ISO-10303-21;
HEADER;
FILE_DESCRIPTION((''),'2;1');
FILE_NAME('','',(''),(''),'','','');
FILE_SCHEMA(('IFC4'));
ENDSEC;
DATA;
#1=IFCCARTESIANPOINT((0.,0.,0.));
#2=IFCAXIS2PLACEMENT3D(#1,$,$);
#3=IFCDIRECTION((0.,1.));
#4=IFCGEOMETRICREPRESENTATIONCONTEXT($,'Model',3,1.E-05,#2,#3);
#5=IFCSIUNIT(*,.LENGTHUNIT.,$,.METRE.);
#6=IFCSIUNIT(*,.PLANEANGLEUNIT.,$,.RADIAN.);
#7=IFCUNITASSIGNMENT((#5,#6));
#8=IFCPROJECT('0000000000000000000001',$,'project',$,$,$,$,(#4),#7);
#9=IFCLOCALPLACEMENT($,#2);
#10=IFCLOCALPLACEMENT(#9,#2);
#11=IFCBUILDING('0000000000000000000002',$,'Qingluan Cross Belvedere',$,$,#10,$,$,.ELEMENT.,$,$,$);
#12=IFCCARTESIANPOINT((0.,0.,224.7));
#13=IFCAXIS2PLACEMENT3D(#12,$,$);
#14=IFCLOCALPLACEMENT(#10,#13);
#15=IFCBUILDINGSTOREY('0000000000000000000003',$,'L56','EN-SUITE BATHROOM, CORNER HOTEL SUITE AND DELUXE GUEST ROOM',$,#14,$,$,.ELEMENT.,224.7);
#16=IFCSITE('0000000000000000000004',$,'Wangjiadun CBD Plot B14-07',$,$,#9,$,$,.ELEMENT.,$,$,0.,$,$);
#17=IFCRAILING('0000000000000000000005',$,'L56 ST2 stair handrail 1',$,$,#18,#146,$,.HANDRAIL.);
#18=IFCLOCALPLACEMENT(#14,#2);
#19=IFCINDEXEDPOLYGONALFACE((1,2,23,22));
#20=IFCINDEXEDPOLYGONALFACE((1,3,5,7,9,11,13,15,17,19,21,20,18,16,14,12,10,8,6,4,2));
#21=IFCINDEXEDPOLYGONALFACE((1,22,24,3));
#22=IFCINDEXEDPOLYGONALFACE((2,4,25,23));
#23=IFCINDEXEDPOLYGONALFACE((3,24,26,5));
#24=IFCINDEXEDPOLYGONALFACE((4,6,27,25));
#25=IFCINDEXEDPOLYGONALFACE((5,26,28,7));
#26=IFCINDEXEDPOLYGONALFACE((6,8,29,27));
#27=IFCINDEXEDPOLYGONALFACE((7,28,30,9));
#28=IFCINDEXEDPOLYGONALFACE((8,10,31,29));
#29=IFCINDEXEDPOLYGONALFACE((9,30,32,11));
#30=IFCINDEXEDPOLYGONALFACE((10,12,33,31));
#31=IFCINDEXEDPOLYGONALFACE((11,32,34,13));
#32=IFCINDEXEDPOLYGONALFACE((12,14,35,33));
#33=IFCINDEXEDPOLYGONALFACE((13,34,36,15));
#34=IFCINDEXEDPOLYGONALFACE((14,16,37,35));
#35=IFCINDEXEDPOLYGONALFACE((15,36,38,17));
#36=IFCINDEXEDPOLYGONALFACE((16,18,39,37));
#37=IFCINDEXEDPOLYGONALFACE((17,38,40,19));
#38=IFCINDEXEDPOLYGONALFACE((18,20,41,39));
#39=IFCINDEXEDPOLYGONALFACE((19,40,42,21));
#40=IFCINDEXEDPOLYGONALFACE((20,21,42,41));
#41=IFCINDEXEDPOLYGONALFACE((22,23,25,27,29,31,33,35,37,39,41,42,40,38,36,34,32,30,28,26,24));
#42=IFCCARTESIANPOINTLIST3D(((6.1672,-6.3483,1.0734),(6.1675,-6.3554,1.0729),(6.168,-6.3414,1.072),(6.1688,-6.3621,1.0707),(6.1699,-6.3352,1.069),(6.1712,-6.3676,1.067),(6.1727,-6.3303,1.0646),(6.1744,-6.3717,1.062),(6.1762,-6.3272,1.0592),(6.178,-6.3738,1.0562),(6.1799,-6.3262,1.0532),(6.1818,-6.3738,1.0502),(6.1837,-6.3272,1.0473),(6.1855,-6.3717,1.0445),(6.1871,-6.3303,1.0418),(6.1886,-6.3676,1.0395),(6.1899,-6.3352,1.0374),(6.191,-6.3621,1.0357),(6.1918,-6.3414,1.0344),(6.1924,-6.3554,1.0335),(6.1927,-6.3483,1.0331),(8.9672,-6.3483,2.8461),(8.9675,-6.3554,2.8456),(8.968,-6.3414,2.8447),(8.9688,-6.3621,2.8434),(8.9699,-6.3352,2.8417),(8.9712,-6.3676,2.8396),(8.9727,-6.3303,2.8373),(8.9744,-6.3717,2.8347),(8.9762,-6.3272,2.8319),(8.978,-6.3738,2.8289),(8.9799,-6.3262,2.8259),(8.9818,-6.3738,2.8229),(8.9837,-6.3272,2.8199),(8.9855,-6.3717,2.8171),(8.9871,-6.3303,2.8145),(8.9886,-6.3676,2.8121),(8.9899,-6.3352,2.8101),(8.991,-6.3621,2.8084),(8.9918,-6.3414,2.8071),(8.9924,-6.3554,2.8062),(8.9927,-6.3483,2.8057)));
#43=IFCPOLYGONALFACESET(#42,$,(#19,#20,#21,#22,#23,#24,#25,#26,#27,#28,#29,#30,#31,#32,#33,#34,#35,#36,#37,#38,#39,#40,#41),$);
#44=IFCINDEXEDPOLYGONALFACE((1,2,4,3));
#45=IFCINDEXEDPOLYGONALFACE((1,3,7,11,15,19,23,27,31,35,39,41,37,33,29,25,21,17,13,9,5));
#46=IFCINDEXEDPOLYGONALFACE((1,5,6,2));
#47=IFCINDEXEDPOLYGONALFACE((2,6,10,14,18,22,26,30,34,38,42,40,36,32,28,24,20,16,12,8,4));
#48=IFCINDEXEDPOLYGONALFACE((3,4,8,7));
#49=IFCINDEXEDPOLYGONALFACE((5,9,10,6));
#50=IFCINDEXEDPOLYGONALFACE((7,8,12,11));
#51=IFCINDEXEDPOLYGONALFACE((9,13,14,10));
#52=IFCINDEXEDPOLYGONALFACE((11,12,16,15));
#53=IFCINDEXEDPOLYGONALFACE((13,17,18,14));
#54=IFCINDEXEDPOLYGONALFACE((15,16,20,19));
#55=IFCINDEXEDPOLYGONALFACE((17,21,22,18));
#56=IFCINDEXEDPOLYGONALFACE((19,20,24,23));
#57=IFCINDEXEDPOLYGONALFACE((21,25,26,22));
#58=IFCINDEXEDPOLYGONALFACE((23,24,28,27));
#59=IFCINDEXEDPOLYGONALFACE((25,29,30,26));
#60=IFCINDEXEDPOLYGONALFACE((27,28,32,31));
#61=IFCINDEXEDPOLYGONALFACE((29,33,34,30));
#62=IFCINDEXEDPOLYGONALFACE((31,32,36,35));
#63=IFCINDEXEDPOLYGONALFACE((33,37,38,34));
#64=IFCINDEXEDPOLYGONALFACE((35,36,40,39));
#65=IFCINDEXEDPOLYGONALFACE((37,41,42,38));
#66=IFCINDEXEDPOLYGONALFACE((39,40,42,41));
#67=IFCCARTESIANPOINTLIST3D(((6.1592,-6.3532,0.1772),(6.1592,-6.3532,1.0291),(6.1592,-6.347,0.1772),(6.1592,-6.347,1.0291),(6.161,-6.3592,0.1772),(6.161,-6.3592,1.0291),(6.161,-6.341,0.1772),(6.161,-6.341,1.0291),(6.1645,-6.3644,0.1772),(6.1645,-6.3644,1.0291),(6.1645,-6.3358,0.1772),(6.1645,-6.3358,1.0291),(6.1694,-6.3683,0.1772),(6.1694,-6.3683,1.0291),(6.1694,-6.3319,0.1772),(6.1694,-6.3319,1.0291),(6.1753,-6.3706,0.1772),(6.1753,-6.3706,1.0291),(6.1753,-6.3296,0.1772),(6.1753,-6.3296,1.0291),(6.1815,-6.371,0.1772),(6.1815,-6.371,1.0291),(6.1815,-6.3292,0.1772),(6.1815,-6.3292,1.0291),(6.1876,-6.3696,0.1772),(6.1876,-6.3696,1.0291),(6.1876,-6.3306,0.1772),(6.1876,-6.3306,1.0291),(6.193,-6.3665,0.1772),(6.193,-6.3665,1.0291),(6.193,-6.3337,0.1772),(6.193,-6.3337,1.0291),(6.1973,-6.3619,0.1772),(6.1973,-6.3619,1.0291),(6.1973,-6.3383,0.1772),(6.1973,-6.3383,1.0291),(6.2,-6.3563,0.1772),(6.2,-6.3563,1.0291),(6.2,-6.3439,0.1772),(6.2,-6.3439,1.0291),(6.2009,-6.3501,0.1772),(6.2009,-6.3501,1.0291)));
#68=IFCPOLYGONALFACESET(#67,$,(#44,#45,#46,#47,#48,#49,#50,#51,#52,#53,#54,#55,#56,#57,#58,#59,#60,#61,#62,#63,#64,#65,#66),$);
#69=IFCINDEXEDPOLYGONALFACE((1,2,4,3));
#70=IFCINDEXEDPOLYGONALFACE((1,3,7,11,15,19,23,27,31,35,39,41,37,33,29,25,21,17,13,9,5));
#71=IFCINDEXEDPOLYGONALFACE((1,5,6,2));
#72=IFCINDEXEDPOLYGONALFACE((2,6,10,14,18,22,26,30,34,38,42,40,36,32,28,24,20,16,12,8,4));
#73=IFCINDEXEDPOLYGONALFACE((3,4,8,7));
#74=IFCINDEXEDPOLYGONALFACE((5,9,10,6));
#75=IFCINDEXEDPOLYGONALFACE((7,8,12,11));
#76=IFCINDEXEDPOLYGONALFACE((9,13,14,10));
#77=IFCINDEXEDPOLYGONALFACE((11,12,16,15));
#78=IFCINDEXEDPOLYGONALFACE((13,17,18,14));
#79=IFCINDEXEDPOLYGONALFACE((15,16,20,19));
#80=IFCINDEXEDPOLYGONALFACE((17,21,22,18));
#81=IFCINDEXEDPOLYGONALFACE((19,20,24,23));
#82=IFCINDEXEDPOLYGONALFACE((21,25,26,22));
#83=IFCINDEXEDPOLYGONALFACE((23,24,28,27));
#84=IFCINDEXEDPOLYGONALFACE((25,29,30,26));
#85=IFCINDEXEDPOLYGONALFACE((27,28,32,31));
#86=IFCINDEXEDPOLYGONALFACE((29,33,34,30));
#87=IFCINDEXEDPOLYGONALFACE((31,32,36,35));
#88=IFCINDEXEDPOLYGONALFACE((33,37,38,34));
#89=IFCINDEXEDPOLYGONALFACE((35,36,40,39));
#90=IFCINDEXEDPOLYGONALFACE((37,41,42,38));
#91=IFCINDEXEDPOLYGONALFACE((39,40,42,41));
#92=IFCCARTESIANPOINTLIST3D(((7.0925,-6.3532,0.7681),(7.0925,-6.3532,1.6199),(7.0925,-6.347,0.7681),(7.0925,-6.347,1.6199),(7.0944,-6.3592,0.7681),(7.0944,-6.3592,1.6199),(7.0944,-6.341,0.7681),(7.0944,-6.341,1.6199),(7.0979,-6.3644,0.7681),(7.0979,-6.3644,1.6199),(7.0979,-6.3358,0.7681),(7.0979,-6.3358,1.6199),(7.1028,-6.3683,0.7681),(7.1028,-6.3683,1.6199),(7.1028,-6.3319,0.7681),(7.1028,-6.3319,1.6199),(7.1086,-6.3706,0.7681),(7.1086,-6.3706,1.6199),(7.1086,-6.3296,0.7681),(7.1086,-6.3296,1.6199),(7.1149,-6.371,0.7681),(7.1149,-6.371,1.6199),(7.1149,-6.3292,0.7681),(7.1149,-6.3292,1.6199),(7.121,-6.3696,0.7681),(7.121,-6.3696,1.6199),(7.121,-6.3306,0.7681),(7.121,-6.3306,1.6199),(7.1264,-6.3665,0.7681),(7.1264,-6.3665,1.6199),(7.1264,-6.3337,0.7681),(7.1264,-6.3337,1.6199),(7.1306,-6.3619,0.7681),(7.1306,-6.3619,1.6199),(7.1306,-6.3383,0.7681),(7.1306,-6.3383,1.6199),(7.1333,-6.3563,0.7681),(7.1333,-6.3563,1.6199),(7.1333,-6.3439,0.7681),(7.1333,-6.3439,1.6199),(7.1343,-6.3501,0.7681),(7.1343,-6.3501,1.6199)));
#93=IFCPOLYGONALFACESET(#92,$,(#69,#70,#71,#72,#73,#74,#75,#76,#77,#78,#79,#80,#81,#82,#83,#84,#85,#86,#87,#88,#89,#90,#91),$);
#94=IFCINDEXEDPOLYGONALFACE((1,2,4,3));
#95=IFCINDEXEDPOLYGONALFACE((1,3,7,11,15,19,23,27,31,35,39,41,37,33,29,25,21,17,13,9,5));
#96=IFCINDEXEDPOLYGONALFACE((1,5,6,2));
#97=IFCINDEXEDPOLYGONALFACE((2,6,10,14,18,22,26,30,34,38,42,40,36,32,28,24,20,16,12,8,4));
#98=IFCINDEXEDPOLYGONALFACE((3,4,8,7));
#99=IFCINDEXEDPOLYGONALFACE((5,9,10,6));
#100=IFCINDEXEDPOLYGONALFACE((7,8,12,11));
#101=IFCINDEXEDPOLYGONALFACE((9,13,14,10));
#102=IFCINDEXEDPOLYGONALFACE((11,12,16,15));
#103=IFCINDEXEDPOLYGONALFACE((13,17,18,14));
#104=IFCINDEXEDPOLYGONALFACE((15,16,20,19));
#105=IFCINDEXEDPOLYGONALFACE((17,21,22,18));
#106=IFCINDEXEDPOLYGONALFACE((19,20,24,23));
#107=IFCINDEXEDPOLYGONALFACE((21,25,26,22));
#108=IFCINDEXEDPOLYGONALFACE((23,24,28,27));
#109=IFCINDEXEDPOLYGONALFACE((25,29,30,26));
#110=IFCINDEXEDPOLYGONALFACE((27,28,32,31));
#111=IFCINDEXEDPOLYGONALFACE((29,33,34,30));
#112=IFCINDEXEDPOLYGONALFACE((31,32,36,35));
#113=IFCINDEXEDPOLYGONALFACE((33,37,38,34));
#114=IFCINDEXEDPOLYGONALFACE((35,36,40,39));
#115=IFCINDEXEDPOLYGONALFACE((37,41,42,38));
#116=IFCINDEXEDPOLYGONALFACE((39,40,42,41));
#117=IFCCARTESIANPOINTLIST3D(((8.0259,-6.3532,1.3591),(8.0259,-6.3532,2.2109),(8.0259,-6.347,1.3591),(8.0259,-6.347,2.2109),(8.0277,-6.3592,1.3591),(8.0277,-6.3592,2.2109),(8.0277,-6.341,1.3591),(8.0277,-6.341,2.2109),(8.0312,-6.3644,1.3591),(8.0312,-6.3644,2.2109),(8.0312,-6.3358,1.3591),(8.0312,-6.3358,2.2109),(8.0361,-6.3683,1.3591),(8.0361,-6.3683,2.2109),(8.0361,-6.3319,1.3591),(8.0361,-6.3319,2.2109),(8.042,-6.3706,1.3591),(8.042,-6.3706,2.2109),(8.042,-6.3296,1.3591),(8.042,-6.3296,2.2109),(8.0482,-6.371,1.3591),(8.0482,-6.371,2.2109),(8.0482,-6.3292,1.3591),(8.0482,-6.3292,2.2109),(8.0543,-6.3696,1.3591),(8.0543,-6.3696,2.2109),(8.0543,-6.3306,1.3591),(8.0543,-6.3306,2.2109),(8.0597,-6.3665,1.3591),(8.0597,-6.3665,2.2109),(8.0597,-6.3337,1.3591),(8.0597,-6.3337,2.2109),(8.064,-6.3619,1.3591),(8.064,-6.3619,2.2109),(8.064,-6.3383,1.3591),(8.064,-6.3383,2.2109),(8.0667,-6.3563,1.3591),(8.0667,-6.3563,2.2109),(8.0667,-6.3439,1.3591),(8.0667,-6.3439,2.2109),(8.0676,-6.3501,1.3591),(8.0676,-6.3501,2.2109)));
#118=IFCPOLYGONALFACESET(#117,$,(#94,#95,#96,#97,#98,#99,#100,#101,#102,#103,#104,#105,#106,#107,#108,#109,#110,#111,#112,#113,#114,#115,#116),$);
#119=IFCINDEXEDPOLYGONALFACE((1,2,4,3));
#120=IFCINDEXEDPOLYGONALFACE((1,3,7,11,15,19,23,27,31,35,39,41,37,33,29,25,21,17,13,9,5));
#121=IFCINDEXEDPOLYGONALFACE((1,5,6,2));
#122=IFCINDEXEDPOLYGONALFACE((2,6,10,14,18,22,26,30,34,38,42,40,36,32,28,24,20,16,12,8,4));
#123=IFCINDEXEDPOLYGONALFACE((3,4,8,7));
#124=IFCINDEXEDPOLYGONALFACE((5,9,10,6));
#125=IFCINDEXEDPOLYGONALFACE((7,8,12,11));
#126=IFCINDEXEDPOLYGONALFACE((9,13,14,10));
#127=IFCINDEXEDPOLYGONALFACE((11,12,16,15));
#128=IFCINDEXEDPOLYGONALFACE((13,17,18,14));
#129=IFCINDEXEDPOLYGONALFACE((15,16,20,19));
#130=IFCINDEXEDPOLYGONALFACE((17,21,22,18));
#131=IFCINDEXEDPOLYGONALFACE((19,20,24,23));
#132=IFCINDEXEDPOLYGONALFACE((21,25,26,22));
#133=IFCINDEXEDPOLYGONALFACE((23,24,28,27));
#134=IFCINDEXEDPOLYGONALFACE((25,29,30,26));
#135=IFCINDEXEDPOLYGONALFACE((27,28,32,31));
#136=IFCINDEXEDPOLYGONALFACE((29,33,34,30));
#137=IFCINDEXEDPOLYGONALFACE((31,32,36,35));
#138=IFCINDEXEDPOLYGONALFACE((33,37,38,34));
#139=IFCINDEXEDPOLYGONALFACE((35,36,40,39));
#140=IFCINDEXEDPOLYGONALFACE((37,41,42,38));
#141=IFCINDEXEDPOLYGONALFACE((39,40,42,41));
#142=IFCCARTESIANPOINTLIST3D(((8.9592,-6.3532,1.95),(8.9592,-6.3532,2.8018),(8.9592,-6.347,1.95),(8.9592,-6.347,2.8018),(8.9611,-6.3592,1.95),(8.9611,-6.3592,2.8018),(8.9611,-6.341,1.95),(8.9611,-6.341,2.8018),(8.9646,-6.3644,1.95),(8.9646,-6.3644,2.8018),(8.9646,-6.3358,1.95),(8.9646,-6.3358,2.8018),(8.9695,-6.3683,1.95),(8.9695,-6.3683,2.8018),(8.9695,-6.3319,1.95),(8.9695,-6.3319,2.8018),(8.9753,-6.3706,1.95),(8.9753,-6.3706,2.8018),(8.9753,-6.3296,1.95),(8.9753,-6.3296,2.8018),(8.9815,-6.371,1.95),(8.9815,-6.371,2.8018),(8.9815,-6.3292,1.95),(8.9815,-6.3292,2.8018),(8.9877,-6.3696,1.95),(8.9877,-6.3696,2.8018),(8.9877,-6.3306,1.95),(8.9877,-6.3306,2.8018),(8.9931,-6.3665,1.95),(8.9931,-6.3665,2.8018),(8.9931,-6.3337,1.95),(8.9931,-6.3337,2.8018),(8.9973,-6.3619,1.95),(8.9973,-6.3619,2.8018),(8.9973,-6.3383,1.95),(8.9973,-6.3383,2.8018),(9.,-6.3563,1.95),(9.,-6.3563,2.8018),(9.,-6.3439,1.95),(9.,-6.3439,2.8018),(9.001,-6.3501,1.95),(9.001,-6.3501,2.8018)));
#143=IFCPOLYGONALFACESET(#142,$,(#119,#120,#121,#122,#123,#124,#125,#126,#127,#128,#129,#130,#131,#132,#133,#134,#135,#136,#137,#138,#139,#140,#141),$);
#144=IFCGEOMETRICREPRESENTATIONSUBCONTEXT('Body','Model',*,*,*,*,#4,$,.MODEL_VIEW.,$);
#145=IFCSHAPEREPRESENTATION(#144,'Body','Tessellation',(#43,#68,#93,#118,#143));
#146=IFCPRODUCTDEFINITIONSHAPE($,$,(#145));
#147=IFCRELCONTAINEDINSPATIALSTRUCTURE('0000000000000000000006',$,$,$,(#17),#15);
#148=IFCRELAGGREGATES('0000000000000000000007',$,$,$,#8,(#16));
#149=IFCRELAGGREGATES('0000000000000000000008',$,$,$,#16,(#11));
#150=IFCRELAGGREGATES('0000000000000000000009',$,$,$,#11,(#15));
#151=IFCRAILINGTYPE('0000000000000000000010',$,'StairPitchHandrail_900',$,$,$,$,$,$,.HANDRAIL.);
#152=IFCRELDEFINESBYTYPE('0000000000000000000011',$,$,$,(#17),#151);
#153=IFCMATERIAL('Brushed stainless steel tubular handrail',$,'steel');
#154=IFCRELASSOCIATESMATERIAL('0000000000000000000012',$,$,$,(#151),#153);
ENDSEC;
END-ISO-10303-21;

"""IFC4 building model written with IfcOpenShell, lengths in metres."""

from ifc_helpers import new_model, si_unit, direction, frame, origin, origin_2d, place, context, subcontext, project, spatial, circle, extrude, material, type_object, element, save


model = new_model("IFC4")

# Units and contexts
model_context = context("Model", 3, precision=1e-05, world=origin(), true_north=direction((0.0, 1.0)))
body_context = subcontext(model_context, "Body", "Model", "MODEL_VIEW")
ifc_project = project(units=[si_unit("LENGTHUNIT", "METRE"), si_unit("PLANEANGLEUNIT", "RADIAN")], contexts=[model_context])

# Site, building, storey
site_placement = place(None, origin())
site = spatial("IfcSite", under=ifc_project, at=site_placement, Name="Wangjiadun CBD Plot B14-07", CompositionType="ELEMENT", RefElevation=0.0)
building_placement = place(site_placement, origin())
building = spatial("IfcBuilding", under=site, at=building_placement, Name="Qingluan Cross Belvedere", CompositionType="ELEMENT")
storey_placement = place(building_placement, frame((0.0, 0.0, 224.7)))
storey = spatial("IfcBuildingStorey", under=building, at=storey_placement, Name="L56", Description="EN-SUITE BATHROOM, CORNER HOTEL SUITE AND DELUXE GUEST ROOM", CompositionType="ELEMENT", Elevation=224.7)

# Railing
ifc_material_1 = material(Name="Brushed stainless steel tubular handrail", Category="steel")
railing_type_1 = type_object("IfcRailingType", Name="StairPitchHandrail_900", PredefinedType="HANDRAIL", material=ifc_material_1)
railing_1_placement = place(storey_placement, frame((6.1799, -6.3501, 0.1772)))
element("IfcRailing", 1, at=railing_1_placement, inside=storey, type_object=railing_type_1, Name="L56 ST2 stair handrail 1", PredefinedType="HANDRAIL", context=body_context, shape_type="SweptSolid", body=[
    extrude(circle(Radius=0.0239, at=origin_2d()), frame((0.0, 0.0, 0.876), z_axis=(0.844909, 0.0, 0.53491), x_axis=(0.0, 1.0, 0.0)), (0.0, 0.0, 1.0), 3.314),
    extrude(circle(Radius=0.021, at=origin_2d()), origin(), (0.0, 0.0, 1.0), 0.8518),
    extrude(circle(Radius=0.021, at=origin_2d()), frame((0.9333, 0.0, 0.5908)), (0.0, 0.0, 1.0), 0.8518),
    extrude(circle(Radius=0.021, at=origin_2d()), frame((1.8667, 0.0, 1.1819)), (0.0, 0.0, 1.0), 0.8518),
    extrude(circle(Radius=0.021, at=origin_2d()), frame((2.8, 0.0, 1.7727)), (0.0, 0.0, 1.0), 0.8518),
])

save(model, "model.ifc")
